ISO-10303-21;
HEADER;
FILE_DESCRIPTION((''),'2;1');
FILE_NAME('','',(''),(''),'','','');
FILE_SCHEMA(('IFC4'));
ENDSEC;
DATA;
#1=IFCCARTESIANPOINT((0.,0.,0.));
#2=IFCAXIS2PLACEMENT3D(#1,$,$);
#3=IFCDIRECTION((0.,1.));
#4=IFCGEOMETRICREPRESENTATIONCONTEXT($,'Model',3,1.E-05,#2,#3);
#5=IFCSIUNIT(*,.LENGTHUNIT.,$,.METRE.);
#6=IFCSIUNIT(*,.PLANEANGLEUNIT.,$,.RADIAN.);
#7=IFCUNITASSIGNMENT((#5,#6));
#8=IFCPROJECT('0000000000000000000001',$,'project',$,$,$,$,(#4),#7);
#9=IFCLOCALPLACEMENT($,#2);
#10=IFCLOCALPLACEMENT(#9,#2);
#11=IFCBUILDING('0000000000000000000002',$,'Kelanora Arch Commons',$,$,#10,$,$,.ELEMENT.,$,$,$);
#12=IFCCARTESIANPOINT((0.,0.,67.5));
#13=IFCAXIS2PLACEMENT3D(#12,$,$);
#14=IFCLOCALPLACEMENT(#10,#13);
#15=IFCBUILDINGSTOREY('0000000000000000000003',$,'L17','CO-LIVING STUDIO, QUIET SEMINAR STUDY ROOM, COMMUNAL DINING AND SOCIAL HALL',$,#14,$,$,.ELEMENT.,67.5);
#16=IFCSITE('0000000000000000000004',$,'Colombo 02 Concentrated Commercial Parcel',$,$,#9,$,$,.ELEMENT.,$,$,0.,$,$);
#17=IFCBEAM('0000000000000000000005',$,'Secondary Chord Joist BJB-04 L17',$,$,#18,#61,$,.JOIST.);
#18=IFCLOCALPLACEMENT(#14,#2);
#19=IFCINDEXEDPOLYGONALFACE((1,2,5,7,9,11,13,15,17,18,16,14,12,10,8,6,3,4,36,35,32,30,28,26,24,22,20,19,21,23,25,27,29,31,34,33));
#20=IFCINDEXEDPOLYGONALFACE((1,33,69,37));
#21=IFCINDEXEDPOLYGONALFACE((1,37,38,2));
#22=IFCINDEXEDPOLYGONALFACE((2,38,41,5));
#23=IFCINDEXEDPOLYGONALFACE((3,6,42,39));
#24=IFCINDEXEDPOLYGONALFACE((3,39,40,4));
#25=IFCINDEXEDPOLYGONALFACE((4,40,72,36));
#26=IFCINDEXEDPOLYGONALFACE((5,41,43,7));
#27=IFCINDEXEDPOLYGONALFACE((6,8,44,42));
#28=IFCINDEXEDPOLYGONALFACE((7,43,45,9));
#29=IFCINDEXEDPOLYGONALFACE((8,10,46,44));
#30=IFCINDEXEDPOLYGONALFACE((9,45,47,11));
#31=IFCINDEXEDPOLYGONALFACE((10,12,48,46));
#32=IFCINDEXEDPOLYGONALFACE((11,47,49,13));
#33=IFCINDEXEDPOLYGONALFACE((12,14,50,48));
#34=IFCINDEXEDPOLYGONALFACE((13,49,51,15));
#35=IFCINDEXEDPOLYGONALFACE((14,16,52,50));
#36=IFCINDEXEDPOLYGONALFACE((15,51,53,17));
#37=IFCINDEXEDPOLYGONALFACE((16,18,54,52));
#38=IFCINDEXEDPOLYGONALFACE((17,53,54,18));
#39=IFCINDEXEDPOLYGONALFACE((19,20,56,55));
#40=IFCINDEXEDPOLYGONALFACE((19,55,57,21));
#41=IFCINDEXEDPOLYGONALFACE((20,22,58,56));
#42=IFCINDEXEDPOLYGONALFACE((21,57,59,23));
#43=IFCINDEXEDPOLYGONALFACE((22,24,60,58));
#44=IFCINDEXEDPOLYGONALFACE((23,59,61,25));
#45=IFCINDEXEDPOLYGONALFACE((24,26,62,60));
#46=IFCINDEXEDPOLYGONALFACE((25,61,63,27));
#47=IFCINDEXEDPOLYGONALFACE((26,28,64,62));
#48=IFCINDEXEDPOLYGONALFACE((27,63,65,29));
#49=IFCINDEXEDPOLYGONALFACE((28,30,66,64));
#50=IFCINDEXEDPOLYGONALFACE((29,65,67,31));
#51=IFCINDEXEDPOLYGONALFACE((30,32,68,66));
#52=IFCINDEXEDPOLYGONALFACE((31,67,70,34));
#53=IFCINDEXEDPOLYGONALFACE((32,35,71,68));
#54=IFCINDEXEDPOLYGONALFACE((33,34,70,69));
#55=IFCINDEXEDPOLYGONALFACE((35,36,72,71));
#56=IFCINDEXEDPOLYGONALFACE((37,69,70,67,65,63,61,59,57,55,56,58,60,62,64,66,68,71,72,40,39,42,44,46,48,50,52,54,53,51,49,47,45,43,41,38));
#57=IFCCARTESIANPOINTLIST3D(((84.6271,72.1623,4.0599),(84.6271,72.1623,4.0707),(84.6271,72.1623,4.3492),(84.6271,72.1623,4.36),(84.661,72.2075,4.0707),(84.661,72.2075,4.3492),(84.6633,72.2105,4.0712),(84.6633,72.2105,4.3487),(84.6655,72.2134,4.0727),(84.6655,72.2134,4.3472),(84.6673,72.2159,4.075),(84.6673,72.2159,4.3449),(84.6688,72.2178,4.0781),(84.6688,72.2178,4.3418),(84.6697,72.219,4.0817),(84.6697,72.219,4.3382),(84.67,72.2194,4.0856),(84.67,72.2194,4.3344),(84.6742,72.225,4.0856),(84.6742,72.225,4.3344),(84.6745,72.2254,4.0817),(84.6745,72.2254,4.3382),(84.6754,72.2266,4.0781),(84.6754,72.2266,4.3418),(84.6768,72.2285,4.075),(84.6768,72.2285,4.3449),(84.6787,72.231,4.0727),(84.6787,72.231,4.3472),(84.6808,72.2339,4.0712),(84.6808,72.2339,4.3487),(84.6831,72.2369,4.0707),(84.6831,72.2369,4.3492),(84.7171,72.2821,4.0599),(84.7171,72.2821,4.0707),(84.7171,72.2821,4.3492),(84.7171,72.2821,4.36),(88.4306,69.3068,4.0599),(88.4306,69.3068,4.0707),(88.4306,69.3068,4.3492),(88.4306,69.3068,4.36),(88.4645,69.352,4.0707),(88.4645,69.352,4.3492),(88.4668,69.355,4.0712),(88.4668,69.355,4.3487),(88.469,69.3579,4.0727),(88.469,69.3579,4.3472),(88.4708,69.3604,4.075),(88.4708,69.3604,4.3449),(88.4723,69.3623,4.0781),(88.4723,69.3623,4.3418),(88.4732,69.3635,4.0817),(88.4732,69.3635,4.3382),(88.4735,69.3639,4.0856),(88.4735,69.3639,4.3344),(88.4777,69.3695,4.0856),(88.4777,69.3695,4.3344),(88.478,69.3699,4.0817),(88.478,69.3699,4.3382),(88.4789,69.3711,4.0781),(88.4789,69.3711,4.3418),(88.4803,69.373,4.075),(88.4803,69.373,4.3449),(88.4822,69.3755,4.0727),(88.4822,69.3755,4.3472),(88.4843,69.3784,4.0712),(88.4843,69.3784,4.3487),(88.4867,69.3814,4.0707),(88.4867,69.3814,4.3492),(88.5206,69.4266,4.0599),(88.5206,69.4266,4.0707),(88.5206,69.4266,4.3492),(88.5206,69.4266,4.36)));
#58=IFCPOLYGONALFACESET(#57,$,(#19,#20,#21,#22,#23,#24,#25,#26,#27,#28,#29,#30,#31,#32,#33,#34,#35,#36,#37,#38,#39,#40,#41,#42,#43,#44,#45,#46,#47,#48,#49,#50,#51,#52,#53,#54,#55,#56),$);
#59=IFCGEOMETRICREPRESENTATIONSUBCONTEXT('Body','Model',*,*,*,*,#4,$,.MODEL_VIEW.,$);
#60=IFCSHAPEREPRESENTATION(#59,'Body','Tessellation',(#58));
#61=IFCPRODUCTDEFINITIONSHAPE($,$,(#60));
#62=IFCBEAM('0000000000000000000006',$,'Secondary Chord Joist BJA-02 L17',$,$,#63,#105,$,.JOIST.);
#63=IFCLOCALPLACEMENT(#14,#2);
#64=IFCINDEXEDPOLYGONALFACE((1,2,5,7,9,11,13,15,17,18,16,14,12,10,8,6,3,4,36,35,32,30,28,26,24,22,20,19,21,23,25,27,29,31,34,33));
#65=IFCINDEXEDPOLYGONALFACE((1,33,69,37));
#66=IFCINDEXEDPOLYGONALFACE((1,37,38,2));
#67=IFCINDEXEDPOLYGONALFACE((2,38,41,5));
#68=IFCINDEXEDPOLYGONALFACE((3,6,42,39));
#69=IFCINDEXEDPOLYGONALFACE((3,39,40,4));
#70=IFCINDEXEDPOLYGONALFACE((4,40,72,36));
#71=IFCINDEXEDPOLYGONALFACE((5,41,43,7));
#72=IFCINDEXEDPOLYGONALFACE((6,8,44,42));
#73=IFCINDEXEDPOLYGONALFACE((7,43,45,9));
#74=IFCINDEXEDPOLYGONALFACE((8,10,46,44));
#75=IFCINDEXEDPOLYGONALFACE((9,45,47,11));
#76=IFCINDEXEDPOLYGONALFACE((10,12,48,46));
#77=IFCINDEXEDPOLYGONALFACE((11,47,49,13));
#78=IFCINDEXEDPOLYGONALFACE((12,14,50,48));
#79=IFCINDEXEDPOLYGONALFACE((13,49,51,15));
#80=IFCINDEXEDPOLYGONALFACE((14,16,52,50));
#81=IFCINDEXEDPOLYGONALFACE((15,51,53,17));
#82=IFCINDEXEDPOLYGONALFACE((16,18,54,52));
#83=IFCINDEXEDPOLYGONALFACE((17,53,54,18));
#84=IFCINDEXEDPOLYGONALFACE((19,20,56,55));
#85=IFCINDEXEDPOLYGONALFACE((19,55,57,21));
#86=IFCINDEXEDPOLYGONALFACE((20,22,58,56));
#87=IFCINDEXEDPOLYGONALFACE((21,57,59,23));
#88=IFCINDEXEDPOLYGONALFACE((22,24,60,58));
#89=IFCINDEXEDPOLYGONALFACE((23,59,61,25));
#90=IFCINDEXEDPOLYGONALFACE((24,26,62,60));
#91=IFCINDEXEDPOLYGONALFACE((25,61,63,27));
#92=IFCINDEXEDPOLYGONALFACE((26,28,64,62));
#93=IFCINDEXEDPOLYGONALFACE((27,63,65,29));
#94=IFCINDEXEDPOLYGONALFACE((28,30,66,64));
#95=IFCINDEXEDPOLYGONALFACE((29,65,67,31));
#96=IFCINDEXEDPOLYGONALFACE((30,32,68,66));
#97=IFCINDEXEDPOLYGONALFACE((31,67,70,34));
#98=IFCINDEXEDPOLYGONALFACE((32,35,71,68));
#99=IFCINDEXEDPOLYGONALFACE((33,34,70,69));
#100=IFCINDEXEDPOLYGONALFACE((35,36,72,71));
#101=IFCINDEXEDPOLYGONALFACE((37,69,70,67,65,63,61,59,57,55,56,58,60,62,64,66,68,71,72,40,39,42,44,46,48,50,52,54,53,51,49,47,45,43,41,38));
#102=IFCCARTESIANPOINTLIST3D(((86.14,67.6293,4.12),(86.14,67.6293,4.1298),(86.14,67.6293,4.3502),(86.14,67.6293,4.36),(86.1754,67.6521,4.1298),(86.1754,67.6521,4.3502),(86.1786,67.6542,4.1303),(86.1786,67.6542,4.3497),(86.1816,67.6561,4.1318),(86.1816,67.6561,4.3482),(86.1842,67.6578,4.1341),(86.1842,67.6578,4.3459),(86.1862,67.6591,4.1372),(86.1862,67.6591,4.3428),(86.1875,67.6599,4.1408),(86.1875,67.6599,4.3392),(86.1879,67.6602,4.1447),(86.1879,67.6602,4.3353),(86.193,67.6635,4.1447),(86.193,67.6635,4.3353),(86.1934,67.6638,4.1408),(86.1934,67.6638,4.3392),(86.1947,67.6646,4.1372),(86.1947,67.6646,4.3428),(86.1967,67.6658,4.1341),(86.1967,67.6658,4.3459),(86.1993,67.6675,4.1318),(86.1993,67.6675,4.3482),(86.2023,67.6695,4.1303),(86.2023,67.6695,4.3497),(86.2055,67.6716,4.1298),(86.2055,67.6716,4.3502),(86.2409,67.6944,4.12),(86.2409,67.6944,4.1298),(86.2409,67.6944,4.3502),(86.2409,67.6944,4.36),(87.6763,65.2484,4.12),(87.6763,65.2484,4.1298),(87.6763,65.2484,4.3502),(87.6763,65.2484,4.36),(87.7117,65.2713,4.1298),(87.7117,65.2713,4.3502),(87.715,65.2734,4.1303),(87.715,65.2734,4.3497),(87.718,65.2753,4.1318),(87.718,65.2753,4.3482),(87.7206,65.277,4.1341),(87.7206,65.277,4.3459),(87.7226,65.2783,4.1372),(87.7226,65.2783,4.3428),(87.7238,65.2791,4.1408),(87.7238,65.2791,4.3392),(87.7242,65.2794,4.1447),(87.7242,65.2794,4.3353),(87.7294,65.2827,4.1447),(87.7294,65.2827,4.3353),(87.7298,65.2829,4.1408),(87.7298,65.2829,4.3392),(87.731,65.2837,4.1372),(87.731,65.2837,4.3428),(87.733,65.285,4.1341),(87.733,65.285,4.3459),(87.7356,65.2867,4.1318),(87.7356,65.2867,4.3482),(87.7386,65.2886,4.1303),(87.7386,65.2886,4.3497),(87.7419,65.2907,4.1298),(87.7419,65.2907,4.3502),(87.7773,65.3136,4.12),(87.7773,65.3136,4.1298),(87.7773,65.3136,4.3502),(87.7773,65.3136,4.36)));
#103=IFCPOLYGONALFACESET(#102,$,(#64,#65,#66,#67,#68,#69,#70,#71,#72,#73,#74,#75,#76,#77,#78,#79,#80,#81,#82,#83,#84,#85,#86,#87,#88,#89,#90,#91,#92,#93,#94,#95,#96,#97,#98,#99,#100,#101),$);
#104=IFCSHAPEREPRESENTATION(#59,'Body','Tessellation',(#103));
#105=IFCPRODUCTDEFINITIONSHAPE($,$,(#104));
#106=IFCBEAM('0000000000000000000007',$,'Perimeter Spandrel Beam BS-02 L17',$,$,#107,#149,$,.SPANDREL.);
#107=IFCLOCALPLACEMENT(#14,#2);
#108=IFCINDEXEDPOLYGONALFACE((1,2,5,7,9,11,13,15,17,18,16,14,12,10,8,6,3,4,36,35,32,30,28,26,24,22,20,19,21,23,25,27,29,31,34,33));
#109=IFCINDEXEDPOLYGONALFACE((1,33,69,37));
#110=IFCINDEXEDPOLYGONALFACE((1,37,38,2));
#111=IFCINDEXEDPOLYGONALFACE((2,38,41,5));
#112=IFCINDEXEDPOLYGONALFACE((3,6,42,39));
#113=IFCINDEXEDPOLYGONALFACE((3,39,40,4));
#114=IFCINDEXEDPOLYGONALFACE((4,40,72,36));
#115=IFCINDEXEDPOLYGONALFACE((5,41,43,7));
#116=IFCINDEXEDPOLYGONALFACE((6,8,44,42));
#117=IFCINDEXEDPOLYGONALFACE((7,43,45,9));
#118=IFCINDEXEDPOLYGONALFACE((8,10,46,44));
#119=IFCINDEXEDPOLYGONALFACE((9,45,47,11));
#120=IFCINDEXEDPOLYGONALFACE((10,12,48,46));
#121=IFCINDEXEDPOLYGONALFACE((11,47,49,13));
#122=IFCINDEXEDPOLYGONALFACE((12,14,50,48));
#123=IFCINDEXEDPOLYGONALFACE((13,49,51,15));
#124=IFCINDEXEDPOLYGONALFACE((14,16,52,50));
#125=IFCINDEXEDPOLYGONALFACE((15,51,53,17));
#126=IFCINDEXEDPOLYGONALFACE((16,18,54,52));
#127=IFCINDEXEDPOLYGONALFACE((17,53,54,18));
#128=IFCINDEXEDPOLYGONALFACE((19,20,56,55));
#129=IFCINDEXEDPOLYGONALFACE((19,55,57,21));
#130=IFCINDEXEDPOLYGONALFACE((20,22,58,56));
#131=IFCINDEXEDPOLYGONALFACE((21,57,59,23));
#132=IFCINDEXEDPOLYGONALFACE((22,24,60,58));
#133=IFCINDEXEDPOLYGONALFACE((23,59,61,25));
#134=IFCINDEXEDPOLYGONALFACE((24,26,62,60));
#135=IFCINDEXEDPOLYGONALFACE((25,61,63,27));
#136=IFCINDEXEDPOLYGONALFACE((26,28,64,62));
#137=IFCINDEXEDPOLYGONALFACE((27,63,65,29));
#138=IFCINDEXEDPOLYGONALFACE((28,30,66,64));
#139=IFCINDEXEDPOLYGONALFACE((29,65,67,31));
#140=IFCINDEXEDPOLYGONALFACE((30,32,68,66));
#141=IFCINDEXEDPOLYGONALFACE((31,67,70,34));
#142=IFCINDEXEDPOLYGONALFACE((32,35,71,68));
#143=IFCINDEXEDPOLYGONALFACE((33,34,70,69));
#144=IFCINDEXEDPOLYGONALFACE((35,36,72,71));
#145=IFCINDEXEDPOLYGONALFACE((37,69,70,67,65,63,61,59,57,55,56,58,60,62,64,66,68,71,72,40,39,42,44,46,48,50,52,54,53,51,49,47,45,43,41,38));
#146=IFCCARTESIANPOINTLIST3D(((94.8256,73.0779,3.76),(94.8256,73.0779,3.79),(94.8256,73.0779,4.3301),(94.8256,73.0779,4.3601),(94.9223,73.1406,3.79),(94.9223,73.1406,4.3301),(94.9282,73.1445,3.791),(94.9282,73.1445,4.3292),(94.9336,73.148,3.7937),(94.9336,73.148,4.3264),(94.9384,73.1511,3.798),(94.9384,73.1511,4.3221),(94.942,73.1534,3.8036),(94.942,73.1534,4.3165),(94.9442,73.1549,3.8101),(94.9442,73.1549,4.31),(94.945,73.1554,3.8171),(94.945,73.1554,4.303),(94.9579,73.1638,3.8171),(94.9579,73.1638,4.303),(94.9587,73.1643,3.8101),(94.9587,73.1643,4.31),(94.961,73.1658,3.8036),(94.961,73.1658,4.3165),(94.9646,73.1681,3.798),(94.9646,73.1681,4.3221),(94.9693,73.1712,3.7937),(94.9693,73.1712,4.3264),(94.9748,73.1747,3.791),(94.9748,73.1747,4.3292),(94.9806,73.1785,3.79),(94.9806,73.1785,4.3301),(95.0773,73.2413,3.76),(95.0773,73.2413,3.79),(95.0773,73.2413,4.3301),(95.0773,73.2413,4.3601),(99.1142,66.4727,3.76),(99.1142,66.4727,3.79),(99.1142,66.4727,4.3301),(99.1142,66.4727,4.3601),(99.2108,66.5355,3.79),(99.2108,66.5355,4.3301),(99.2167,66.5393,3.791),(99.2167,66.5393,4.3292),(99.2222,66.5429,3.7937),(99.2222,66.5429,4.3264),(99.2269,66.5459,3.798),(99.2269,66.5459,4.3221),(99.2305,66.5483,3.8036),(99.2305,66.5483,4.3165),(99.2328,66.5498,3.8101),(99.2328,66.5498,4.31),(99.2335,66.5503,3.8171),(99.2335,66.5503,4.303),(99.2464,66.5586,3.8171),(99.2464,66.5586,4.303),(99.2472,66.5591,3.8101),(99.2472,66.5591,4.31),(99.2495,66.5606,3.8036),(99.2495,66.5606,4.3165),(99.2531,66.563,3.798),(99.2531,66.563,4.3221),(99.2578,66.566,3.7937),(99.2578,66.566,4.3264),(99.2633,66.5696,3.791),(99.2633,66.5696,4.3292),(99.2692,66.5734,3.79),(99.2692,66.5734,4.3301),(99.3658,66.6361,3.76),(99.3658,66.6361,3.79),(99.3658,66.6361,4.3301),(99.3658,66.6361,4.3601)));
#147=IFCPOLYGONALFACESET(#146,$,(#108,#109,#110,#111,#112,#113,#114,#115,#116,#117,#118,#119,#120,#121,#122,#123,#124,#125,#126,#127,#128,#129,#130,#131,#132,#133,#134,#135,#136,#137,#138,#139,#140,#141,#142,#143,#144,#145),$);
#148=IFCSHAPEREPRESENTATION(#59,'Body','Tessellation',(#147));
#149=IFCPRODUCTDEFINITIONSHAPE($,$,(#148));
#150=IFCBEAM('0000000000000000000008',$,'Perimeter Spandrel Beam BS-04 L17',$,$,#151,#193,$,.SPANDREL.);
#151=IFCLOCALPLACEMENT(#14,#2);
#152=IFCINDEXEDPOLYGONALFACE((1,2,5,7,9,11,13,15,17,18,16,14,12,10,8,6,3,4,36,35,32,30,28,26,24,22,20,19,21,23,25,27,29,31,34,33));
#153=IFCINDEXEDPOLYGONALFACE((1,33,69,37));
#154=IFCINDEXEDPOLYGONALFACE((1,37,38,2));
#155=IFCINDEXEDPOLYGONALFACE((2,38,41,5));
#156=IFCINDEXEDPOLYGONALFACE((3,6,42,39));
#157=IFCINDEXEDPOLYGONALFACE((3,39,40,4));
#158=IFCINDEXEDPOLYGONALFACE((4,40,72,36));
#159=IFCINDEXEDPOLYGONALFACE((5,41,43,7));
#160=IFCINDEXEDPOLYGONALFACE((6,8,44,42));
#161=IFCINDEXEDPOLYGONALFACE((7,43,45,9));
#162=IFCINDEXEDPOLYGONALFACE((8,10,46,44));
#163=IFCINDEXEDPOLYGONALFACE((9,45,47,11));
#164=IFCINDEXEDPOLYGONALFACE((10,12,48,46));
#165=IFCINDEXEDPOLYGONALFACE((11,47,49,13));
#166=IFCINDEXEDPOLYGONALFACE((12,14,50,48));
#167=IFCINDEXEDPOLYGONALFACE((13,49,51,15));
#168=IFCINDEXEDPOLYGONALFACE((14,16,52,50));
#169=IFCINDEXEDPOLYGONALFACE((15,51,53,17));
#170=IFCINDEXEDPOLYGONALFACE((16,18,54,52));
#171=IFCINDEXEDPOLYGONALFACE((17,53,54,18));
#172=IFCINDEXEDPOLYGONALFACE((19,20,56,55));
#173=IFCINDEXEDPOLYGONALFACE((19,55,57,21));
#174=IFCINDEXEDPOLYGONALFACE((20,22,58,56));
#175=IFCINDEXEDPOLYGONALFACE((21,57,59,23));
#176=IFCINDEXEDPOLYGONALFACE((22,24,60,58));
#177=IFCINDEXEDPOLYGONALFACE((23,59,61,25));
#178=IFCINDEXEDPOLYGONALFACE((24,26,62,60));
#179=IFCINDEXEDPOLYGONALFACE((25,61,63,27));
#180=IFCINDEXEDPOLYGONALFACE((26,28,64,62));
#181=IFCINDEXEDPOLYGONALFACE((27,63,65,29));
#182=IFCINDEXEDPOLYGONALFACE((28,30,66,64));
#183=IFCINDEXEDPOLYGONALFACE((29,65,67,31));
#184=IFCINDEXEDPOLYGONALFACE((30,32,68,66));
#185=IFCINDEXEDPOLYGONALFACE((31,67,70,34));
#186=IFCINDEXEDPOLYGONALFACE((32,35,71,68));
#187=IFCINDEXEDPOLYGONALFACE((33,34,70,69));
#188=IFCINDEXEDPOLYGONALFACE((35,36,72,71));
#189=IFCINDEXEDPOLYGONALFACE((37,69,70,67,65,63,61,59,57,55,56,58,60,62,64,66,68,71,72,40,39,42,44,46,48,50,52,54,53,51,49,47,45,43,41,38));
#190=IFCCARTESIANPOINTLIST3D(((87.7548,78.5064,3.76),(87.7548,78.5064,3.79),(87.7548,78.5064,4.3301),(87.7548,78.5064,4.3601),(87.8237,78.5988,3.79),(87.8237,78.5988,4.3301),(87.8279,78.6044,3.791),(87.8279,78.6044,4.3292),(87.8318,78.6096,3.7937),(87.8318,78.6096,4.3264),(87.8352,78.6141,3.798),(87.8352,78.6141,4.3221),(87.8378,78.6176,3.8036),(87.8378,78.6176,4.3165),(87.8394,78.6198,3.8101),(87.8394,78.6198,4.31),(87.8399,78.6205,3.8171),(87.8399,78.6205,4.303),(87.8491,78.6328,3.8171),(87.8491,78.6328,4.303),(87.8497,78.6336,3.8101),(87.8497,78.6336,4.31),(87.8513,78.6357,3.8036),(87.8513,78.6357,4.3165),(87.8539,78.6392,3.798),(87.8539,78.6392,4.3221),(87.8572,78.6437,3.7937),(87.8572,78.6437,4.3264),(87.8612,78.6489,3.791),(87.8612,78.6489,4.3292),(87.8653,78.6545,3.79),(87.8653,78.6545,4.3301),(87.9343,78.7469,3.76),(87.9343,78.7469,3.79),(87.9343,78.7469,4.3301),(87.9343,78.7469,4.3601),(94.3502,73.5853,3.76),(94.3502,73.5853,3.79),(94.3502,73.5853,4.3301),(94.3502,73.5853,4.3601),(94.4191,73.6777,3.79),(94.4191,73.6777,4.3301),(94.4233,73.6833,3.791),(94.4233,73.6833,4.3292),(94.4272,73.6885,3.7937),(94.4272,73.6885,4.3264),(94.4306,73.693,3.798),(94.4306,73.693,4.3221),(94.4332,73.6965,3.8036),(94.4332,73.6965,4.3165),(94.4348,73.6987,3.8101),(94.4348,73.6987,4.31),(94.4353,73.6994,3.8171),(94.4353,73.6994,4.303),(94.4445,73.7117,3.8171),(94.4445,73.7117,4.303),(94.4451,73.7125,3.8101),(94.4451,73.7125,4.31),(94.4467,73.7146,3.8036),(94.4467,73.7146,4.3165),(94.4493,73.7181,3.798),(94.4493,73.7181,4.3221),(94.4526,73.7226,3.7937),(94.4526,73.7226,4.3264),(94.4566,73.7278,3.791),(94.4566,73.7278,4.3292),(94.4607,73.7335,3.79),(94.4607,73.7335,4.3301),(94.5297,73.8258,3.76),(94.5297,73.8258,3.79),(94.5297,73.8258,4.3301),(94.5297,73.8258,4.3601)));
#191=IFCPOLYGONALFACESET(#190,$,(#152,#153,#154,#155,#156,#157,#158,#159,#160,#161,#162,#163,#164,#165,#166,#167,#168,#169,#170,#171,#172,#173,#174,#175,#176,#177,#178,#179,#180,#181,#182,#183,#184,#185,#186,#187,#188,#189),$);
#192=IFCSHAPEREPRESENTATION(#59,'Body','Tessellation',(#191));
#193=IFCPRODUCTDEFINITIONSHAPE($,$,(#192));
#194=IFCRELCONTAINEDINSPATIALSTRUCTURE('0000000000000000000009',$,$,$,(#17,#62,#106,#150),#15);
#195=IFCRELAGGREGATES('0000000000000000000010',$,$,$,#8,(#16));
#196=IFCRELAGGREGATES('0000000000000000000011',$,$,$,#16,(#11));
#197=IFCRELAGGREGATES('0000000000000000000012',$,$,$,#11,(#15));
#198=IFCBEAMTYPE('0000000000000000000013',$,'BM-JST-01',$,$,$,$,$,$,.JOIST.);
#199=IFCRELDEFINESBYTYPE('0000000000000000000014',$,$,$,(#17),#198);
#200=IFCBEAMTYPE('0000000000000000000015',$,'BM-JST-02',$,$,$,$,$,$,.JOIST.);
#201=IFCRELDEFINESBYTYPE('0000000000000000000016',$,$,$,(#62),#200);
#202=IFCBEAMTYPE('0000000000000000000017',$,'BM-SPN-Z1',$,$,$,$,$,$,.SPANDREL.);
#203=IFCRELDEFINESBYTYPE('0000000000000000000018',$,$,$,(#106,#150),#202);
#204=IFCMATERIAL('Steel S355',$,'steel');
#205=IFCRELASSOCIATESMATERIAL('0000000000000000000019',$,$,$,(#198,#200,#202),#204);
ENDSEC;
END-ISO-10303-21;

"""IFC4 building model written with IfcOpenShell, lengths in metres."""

from ifc_helpers import new_model, si_unit, direction, frame, origin, origin_2d, place, context, subcontext, project, spatial, i_section, extrude, material, material_profile, profile_set, type_object, element, save


model = new_model("IFC4")

# Units and contexts
model_context = context("Model", 3, precision=1e-05, world=origin(), true_north=direction((0.0, 1.0)))
body_context = subcontext(model_context, "Body", "Model", "MODEL_VIEW")
ifc_project = project(units=[si_unit("LENGTHUNIT", "METRE"), si_unit("PLANEANGLEUNIT", "RADIAN")], contexts=[model_context])

# Site, building, storey
site_placement = place(None, origin())
site = spatial("IfcSite", under=ifc_project, at=site_placement, Name="Colombo 02 Concentrated Commercial Parcel", CompositionType="ELEMENT", RefElevation=0.0)
building_placement = place(site_placement, origin())
building = spatial("IfcBuilding", under=site, at=building_placement, Name="Kelanora Arch Commons", CompositionType="ELEMENT")
storey_placement = place(building_placement, frame((0.0, 0.0, 67.5)))
storey = spatial("IfcBuildingStorey", under=building, at=storey_placement, Name="L17", Description="CO-LIVING STUDIO, QUIET SEMINAR STUDY ROOM, COMMUNAL DINING AND SOCIAL HALL", CompositionType="ELEMENT", Elevation=67.5)

# Beams
ifc_material_1 = material(Name="Steel S355", Category="steel")
ifc_material_profile_1 = material_profile(ifc_material_1, i_section(OverallWidth=0.1499, OverallDepth=0.3, WebThickness=0.0071, FlangeThickness=0.0107, FilletRadius=0.0149, at=origin_2d()), Name="IPE300")
ifc_profile_set_1 = profile_set([ifc_material_profile_1], Name="Steel S355")
beam_type_1 = type_object("IfcBeamType", Name="BM-JST-01", PredefinedType="JOIST", material=ifc_profile_set_1)
beam_1_placement = place(storey_placement, frame((88.4756, 69.3667, 4.21), z_axis=(-0.79971, 0.600386, 0.0), x_axis=(-0.600386, -0.79971, 0.0)))
element("IfcBeam", 1, at=beam_1_placement, inside=storey, type_object=beam_type_1, Name="Secondary Chord Joist BJB-04 L17", PredefinedType="JOIST", context=body_context, shape_type="SweptSolid", body=[
    extrude(i_section(OverallWidth=0.1499, OverallDepth=0.3, WebThickness=0.0071, FlangeThickness=0.0107, FilletRadius=0.0149, at=origin_2d()), origin(), (0.0, 0.0, 1.0), 4.7561),
])
ifc_material_profile_2 = material_profile(ifc_material_1, i_section(OverallWidth=0.1201, OverallDepth=0.24, WebThickness=0.0061, FlangeThickness=0.0098, FilletRadius=0.0149, at=origin_2d()), Name="IPE240")
ifc_profile_set_2 = profile_set([ifc_material_profile_2], Name="Steel S355")
beam_type_2 = type_object("IfcBeamType", Name="BM-JST-02", PredefinedType="JOIST", material=ifc_profile_set_2)
beam_2_placement = place(storey_placement, frame((87.7268, 65.281, 4.24), z_axis=(-0.542211, 0.840242, 0.0), x_axis=(-0.840242, -0.542211, 0.0)))
element("IfcBeam", 2, at=beam_2_placement, inside=storey, type_object=beam_type_2, Name="Secondary Chord Joist BJA-02 L17", PredefinedType="JOIST", context=body_context, shape_type="SweptSolid", body=[
    extrude(i_section(OverallWidth=0.1201, OverallDepth=0.24, WebThickness=0.0061, FlangeThickness=0.0098, FilletRadius=0.0149, at=origin_2d()), origin(), (0.0, 0.0, 1.0), 2.8335),
])
ifc_material_profile_3 = material_profile(ifc_material_1, i_section(OverallWidth=0.3, OverallDepth=0.6001, WebThickness=0.0154, FlangeThickness=0.03, FilletRadius=0.0271, at=origin_2d()), Name="HEB600")
ifc_profile_set_3 = profile_set([ifc_material_profile_3], Name="Steel S355")
beam_type_3 = type_object("IfcBeamType", Name="BM-SPN-Z1", PredefinedType="SPANDREL", material=ifc_profile_set_3)
beam_3_placement = place(storey_placement, frame((99.24, 66.5544, 4.0601), z_axis=(-0.544558, 0.838723, 0.0), x_axis=(-0.838723, -0.544558, 0.0)))
element("IfcBeam", 3, at=beam_3_placement, inside=storey, type_object=beam_type_3, Name="Perimeter Spandrel Beam BS-02 L17", PredefinedType="SPANDREL", context=body_context, shape_type="SweptSolid", body=[
    extrude(i_section(OverallWidth=0.3, OverallDepth=0.6001, WebThickness=0.0154, FlangeThickness=0.03, FilletRadius=0.0271, at=origin_2d()), origin(), (0.0, 0.0, 1.0), 7.8752),
])
beam_4_placement = place(storey_placement, frame((94.4399, 73.7056, 4.0601), z_axis=(-0.801482, 0.598019, 0.0), x_axis=(-0.598019, -0.801482, 0.0)))
element("IfcBeam", 4, at=beam_4_placement, inside=storey, type_object=beam_type_3, Name="Perimeter Spandrel Beam BS-04 L17", PredefinedType="SPANDREL", context=body_context, shape_type="SweptSolid", body=[
    extrude(i_section(OverallWidth=0.3, OverallDepth=0.6001, WebThickness=0.0154, FlangeThickness=0.03, FilletRadius=0.0271, at=origin_2d()), origin(), (0.0, 0.0, 1.0), 8.229),
])

save(model, "model.ifc")
